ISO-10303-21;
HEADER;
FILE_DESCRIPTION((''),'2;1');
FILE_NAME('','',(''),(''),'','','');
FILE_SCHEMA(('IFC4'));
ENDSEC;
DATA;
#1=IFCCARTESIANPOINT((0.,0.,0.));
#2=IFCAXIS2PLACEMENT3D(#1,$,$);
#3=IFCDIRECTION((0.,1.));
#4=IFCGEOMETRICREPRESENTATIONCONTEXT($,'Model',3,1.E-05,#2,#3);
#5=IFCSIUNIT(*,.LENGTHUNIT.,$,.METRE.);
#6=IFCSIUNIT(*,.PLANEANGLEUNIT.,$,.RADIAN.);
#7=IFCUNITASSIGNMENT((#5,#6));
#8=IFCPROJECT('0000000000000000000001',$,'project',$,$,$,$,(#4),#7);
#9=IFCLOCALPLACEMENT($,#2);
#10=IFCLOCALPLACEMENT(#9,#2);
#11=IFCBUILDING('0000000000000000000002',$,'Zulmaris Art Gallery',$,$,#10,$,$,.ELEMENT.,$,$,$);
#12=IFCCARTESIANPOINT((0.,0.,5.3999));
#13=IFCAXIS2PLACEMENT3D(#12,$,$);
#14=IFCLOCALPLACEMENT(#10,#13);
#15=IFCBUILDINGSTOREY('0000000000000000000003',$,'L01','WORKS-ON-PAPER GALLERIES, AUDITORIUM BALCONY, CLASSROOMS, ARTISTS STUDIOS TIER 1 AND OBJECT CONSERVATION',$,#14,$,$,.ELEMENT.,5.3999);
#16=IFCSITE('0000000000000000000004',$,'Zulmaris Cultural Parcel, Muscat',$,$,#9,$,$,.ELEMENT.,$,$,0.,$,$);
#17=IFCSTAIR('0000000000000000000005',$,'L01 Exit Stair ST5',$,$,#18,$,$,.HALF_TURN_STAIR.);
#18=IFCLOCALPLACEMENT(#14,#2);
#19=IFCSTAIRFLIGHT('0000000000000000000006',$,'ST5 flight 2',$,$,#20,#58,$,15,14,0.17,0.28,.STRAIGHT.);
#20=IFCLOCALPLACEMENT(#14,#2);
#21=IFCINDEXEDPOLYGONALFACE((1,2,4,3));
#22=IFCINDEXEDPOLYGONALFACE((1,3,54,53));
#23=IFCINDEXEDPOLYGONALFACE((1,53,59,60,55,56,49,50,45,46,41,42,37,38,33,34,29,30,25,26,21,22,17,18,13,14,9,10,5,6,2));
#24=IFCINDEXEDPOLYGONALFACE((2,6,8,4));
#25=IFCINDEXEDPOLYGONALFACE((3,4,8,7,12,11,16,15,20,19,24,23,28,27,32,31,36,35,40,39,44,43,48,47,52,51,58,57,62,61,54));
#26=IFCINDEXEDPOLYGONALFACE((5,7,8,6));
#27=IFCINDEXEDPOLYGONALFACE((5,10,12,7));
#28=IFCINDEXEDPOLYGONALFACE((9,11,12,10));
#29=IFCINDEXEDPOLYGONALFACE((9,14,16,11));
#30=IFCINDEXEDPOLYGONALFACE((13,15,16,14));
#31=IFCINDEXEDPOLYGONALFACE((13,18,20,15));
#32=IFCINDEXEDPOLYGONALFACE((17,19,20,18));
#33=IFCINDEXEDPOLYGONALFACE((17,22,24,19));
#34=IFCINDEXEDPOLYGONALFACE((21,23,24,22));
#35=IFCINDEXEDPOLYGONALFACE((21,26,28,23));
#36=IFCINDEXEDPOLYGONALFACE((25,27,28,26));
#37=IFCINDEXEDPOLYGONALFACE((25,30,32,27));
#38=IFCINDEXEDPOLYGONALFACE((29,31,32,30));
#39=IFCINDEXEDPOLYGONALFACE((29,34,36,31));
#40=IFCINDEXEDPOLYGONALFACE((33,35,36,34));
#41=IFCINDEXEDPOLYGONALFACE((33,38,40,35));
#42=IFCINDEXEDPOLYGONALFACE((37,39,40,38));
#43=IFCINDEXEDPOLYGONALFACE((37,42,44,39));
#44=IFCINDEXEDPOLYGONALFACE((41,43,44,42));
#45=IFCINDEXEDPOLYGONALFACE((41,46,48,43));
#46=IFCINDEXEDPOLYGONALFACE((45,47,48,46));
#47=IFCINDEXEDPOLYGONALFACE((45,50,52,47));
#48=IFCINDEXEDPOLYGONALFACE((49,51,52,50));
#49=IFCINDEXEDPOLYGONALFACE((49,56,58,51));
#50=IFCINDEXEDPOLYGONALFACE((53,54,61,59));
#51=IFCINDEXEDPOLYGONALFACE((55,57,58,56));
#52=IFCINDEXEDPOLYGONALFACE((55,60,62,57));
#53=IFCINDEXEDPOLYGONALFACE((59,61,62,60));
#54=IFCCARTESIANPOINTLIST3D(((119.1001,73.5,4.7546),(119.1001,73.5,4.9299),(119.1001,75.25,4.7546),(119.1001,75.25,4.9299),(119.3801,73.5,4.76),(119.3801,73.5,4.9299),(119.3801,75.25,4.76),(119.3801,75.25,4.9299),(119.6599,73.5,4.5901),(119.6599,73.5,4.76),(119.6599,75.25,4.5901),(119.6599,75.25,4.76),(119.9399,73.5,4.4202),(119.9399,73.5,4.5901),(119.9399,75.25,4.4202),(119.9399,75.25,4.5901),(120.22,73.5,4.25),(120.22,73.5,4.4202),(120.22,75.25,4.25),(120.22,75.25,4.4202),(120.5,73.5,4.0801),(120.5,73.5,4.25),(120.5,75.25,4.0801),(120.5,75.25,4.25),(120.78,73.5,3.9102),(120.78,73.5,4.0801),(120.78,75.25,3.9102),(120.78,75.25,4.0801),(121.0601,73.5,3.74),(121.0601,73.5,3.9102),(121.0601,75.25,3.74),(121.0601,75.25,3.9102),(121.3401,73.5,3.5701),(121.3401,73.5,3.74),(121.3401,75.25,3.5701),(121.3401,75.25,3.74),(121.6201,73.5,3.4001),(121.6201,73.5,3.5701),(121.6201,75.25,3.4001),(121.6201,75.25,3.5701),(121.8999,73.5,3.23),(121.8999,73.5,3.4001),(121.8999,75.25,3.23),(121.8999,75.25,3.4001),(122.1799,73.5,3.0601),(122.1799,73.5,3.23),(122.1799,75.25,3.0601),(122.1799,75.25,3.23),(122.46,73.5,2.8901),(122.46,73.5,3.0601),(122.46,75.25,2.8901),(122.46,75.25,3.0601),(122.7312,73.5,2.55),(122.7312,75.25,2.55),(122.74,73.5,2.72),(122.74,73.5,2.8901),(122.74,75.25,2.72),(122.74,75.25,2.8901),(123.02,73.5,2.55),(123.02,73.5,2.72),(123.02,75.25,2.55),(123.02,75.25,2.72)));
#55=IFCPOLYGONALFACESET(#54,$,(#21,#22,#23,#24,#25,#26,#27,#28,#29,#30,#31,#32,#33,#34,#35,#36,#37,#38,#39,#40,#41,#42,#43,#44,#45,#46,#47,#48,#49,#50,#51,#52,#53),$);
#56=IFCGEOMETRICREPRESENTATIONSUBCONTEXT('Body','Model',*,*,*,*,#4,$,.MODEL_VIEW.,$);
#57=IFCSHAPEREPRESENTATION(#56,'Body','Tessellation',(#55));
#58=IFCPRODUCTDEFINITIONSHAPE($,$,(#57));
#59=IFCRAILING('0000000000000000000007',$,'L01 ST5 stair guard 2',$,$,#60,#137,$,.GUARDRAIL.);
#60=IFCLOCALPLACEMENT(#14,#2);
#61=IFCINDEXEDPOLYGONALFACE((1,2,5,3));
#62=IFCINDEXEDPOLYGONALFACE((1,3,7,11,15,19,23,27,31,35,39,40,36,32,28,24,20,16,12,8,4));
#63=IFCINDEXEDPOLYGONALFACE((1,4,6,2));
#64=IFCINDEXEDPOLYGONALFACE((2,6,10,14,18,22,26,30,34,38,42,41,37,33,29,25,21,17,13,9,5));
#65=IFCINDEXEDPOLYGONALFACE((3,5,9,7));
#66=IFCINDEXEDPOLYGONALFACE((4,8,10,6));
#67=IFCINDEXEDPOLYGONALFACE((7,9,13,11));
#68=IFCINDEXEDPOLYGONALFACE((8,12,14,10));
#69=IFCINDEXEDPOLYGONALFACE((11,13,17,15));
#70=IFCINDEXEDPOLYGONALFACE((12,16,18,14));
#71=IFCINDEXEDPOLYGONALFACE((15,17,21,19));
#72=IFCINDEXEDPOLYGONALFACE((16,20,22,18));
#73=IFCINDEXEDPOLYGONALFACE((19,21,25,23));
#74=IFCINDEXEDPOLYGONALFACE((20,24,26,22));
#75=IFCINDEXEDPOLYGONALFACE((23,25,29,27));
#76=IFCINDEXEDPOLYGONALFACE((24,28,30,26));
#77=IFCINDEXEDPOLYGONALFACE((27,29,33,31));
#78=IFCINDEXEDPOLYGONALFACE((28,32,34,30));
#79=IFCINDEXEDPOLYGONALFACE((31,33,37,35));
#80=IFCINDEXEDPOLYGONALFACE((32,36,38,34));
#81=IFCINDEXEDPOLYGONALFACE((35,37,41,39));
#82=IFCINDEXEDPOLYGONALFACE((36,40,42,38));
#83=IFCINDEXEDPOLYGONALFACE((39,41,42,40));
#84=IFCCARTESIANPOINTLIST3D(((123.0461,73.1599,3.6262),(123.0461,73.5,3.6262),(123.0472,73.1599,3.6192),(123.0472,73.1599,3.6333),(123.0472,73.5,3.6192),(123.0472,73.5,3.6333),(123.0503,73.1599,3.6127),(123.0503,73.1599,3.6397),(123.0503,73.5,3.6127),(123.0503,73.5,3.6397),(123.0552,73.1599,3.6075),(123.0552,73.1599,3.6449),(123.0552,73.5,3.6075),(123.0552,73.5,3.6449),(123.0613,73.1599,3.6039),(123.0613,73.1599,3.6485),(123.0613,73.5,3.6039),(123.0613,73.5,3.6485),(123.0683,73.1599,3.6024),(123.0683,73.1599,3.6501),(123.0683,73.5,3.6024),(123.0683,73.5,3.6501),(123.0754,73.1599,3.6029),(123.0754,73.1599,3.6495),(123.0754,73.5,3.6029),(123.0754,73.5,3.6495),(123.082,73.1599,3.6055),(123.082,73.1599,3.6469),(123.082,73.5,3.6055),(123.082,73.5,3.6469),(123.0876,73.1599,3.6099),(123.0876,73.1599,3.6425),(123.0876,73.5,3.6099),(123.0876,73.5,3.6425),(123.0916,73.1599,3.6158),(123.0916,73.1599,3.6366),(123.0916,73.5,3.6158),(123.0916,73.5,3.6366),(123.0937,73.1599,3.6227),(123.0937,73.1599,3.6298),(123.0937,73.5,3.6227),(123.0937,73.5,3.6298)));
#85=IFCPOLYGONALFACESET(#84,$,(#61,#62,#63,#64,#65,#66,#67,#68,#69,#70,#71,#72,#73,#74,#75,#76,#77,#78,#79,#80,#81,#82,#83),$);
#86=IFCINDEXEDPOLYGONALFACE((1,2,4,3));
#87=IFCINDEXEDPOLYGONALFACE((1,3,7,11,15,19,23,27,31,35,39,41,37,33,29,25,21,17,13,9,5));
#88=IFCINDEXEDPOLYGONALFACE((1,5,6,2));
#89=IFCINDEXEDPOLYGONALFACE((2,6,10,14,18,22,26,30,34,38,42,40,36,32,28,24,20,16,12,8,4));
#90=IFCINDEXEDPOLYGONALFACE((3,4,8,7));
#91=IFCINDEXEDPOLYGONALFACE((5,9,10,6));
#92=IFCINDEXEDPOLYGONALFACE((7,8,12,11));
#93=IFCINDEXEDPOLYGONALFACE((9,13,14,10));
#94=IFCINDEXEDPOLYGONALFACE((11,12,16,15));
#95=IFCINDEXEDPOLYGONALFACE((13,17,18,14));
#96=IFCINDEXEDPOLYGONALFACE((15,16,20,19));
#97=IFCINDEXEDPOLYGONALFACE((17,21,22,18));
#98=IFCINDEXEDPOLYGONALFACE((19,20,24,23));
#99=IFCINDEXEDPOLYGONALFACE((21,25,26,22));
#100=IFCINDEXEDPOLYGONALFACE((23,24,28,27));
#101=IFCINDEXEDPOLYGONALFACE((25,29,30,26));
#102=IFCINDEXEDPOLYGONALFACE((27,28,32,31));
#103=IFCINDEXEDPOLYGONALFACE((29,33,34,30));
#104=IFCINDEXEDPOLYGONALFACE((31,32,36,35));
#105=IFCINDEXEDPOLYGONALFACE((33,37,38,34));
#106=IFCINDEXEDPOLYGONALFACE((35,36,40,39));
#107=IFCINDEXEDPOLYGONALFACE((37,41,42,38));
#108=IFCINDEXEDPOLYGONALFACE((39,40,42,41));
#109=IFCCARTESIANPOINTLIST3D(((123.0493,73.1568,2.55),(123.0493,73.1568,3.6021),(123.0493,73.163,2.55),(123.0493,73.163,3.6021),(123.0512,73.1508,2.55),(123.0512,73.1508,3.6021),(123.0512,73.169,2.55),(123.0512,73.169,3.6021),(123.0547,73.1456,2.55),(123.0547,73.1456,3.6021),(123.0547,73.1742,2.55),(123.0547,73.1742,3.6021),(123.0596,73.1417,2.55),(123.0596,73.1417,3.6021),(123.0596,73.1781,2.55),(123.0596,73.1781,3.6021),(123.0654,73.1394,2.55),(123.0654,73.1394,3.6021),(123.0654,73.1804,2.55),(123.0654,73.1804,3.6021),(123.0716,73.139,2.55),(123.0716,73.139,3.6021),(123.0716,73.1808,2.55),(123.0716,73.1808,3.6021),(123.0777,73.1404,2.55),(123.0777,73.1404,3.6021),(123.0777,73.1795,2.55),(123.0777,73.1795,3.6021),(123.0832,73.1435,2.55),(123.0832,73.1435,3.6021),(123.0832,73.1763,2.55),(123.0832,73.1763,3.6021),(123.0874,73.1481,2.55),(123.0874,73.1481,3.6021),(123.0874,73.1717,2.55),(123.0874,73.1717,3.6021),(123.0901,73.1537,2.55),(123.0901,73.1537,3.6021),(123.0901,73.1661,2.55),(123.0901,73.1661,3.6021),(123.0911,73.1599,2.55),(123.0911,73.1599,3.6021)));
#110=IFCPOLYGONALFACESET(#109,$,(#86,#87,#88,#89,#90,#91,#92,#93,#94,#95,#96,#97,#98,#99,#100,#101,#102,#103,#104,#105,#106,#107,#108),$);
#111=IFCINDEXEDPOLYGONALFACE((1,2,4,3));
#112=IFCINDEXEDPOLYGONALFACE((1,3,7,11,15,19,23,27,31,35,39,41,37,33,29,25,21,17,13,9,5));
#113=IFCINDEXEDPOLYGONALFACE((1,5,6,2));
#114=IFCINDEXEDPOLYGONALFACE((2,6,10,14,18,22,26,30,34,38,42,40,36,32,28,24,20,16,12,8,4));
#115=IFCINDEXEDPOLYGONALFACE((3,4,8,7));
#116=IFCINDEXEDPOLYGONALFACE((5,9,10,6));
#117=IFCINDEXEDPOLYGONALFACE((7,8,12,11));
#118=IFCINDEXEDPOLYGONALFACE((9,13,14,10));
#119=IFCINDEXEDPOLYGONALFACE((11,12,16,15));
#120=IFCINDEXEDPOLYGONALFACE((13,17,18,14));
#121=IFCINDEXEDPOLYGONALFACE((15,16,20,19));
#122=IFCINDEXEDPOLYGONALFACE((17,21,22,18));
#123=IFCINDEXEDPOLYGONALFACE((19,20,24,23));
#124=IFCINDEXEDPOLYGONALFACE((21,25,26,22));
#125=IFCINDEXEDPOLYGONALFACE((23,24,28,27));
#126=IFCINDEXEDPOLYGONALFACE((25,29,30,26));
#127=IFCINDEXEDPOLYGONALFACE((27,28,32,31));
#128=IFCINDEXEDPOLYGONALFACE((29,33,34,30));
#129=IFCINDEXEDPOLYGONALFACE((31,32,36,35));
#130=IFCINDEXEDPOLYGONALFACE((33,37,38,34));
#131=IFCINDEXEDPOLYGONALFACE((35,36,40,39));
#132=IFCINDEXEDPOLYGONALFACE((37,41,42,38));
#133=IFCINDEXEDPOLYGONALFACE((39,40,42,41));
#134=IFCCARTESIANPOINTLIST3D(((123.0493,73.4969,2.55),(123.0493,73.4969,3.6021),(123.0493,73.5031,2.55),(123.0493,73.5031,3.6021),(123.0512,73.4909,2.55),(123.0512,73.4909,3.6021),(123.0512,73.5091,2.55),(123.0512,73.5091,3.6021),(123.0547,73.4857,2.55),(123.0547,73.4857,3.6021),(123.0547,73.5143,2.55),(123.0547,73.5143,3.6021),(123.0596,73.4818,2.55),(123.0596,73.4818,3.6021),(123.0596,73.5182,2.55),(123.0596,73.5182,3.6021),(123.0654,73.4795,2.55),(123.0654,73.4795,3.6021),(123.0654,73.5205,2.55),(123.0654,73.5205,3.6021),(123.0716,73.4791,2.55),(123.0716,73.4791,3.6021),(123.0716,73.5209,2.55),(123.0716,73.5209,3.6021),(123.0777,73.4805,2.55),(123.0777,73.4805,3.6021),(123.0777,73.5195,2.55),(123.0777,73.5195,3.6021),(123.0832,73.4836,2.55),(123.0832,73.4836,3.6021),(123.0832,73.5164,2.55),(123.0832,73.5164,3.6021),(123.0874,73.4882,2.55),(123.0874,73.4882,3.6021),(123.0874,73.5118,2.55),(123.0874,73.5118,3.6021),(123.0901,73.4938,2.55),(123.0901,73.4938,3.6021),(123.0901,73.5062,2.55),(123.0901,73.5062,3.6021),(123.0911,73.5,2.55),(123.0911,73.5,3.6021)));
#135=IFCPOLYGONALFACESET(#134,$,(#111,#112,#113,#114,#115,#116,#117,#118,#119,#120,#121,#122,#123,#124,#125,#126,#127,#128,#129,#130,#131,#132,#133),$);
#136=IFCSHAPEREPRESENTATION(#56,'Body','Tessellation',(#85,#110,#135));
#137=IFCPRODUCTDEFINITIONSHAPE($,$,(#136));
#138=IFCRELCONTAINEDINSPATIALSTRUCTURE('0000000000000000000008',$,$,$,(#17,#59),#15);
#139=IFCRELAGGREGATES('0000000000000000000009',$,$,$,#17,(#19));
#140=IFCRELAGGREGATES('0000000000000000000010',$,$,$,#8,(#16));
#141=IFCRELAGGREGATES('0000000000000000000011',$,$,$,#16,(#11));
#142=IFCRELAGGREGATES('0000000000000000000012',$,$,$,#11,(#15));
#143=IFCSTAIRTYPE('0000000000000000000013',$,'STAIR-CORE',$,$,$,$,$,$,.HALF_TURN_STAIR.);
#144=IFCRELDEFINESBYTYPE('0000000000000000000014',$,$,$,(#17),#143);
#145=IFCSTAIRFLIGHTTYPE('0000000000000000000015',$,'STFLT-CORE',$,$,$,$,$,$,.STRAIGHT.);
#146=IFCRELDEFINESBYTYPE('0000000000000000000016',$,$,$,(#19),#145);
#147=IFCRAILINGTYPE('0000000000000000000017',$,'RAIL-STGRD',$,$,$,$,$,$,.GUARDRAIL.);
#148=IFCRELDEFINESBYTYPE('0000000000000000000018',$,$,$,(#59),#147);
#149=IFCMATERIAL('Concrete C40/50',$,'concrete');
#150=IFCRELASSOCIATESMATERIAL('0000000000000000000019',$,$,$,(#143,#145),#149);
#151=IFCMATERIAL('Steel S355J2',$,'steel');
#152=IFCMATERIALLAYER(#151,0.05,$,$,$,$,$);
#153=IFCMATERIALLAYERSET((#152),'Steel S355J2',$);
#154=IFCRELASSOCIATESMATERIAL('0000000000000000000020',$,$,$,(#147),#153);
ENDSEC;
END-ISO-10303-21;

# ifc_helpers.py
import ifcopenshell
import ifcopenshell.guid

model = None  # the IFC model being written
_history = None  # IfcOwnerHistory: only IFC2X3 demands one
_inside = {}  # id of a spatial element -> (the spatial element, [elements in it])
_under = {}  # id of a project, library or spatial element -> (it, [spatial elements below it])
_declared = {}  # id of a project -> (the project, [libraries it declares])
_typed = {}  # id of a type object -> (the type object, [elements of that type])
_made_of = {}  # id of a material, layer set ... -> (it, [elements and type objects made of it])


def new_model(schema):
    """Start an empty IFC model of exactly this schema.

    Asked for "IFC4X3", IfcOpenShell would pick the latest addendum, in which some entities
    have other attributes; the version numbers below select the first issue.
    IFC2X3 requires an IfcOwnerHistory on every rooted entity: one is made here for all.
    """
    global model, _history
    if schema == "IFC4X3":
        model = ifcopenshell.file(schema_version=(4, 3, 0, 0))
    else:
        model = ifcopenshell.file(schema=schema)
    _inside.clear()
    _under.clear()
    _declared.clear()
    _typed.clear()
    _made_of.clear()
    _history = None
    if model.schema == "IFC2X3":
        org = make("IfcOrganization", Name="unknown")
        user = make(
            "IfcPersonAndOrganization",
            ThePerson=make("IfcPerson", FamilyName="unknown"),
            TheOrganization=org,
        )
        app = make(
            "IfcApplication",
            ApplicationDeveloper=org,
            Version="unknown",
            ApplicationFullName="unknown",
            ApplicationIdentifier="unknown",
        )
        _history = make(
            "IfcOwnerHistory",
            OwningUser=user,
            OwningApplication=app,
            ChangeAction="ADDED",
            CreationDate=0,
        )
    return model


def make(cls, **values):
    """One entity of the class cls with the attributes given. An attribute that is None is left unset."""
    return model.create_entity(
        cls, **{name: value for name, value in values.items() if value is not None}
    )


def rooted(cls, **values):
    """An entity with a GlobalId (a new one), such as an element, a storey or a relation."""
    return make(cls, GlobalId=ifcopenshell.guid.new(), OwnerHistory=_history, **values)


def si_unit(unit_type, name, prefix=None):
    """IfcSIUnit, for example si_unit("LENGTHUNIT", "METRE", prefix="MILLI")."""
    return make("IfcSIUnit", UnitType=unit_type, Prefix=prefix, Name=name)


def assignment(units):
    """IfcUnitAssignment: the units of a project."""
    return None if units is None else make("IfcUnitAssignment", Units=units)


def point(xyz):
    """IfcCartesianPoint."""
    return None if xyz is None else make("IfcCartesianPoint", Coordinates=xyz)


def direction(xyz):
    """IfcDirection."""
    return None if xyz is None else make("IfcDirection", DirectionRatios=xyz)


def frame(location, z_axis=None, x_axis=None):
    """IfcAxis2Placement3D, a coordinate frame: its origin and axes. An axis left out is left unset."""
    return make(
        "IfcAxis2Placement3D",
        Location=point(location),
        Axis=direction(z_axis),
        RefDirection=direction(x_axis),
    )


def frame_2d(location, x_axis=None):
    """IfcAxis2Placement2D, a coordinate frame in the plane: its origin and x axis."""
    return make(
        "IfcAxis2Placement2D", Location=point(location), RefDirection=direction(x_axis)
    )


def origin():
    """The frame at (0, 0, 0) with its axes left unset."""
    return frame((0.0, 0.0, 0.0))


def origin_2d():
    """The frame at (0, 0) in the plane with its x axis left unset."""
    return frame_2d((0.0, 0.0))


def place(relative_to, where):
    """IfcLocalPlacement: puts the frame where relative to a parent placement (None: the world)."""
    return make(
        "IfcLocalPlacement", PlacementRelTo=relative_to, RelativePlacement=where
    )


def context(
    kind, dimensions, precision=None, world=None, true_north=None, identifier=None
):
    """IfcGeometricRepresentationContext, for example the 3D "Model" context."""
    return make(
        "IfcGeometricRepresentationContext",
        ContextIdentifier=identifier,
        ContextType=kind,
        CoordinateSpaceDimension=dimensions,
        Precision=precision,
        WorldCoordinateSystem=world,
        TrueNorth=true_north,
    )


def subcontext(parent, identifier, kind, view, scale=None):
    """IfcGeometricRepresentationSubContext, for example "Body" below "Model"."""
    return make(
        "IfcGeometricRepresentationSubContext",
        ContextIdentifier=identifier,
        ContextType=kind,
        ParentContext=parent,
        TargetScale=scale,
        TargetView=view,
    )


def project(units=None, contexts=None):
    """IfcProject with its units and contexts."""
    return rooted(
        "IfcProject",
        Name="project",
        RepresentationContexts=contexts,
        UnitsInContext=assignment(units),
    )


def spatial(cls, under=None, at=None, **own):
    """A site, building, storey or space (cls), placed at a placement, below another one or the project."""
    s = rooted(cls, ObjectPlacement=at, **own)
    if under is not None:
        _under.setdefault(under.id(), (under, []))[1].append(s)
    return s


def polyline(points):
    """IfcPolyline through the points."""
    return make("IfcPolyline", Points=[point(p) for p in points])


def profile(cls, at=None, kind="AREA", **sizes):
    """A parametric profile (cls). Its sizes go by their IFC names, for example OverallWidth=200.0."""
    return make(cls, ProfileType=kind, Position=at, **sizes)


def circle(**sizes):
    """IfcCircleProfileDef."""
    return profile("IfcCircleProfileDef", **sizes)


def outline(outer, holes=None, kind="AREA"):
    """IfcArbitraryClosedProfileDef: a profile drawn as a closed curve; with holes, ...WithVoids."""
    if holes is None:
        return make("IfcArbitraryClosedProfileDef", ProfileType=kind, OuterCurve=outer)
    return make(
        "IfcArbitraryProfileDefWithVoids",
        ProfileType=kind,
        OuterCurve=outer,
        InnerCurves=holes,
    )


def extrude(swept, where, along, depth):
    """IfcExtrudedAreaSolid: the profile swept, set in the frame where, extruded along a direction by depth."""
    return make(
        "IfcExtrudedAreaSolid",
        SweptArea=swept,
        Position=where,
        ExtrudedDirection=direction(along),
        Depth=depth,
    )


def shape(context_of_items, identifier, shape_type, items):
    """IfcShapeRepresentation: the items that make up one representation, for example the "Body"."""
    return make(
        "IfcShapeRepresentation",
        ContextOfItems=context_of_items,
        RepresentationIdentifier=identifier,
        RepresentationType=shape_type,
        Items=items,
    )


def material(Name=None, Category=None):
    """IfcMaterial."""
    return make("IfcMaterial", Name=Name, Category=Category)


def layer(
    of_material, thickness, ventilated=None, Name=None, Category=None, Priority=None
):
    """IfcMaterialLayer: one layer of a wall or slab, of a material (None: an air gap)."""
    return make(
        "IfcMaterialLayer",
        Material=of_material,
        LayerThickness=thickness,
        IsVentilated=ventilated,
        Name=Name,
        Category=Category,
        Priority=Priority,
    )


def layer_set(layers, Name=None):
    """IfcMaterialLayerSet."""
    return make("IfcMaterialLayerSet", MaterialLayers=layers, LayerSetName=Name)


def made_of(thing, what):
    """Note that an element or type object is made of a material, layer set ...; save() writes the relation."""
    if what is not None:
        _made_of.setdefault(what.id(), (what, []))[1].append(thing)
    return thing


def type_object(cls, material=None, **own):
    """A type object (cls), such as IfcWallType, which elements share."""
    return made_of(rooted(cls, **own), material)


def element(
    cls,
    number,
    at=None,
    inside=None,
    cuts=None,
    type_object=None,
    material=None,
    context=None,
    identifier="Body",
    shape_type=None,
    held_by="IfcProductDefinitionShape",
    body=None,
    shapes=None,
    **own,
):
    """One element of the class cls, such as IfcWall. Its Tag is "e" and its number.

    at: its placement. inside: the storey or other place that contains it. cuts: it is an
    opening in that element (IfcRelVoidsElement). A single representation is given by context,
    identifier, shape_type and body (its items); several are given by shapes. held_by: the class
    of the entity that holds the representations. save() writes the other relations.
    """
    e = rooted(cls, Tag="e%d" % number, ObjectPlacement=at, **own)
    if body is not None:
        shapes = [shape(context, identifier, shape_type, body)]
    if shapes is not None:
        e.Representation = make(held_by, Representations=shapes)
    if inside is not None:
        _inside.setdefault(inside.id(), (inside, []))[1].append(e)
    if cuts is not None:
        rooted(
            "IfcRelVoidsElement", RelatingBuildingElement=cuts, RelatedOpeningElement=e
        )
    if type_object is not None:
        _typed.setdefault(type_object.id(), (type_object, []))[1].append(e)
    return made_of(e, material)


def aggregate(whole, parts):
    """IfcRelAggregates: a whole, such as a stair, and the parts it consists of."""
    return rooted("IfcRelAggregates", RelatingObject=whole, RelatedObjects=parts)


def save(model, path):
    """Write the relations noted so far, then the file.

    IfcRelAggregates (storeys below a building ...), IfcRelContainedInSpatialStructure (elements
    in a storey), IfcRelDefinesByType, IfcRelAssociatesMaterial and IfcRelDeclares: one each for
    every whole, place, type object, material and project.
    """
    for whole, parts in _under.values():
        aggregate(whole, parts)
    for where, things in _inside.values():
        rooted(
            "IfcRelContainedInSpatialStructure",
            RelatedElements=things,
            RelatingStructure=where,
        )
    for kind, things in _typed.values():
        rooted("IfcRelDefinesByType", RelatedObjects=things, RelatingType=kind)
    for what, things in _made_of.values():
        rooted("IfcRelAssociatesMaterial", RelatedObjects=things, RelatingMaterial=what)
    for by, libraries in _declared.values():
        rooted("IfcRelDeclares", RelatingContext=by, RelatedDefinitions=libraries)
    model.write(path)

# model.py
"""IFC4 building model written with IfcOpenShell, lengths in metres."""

from ifc_helpers import new_model, si_unit, direction, frame, origin, origin_2d, place, context, subcontext, project, spatial, polyline, circle, outline, extrude, material, layer, layer_set, type_object, element, aggregate, save


model = new_model("IFC4")

# Units and contexts
model_context = context("Model", 3, precision=1e-05, world=origin(), true_north=direction((0.0, 1.0)))
body_context = subcontext(model_context, "Body", "Model", "MODEL_VIEW")
ifc_project = project(units=[si_unit("LENGTHUNIT", "METRE"), si_unit("PLANEANGLEUNIT", "RADIAN")], contexts=[model_context])

# Site, building, storey
site_placement = place(None, origin())
site = spatial("IfcSite", under=ifc_project, at=site_placement, Name="Zulmaris Cultural Parcel, Muscat", CompositionType="ELEMENT", RefElevation=0.0)
building_placement = place(site_placement, origin())
building = spatial("IfcBuilding", under=site, at=building_placement, Name="Zulmaris Art Gallery", CompositionType="ELEMENT")
storey_placement = place(building_placement, frame((0.0, 0.0, 5.3999)))
storey = spatial("IfcBuildingStorey", under=building, at=storey_placement, Name="L01", Description="WORKS-ON-PAPER GALLERIES, AUDITORIUM BALCONY, CLASSROOMS, ARTISTS STUDIOS TIER 1 AND OBJECT CONSERVATION", CompositionType="ELEMENT", Elevation=5.3999)

# Shared definitions
ifc_material_1 = material(Name="Concrete C40/50", Category="concrete")

# Shared definitions
ifc_material_2 = material(Name="Steel S355J2", Category="steel")

# Stair, stair flight
stair_type = type_object("IfcStairType", Name="STAIR-CORE", PredefinedType="HALF_TURN_STAIR", material=ifc_material_1)
stair_placement = place(storey_placement, origin())
stair = element("IfcStair", 1, at=stair_placement, inside=storey, type_object=stair_type, Name="L01 Exit Stair ST5", PredefinedType="HALF_TURN_STAIR")
stair_flight_type = type_object("IfcStairFlightType", Name="STFLT-CORE", PredefinedType="STRAIGHT", material=ifc_material_1)
stair_flight_placement = place(storey_placement, frame((123.02, 74.375, 2.55), z_axis=(0.0, 0.0, 1.0), x_axis=(-1.0, 0.0, 0.0)))
stair_flight = element("IfcStairFlight", 2, at=stair_flight_placement, type_object=stair_flight_type, Name="ST5 flight 2", NumberOfRisers=15, NumberOfTreads=14, PredefinedType="STRAIGHT", RiserHeight=0.17, TreadLength=0.28, context=body_context, shape_type="SweptSolid", body=[
    extrude(outline(polyline([(0.0, 0.0), (0.0, 0.1699), (0.28, 0.1699), (0.28, 0.3401), (0.5601, 0.3401), (0.5601, 0.51), (0.8401, 0.51), (0.8401, 0.6799), (1.1201, 0.6799), (1.1201, 0.8501), (1.3999, 0.8501), (1.3999, 1.02), (1.6799, 1.02), (1.6799, 1.1899), (1.96, 1.1899), (1.96, 1.3601), (2.24, 1.3601), (2.24, 1.53), (2.52, 1.53), (2.52, 1.7), (2.8, 1.7), (2.8, 1.8701), (3.0801, 1.8701), (3.0801, 2.04), (3.3601, 2.04), (3.3601, 2.21), (3.6399, 2.21), (3.6399, 2.3799), (3.9199, 2.3799), (3.9199, 2.55), (3.9199, 2.2046), (0.2888, 0.0), (0.0, 0.0)])), frame((0.0, 0.875, 0.0), z_axis=(0.0, -1.0, 0.0), x_axis=(1.0, 0.0, 0.0)), (0.0, 0.0, 1.0), 1.75),
])
aggregate(stair, [stair_flight])

# Railing
ifc_layer_1 = layer(ifc_material_2, 0.05)
ifc_layer_set_1 = layer_set([ifc_layer_1], Name="Steel S355J2")
railing_type_1 = type_object("IfcRailingType", Name="RAIL-STGRD", PredefinedType="GUARDRAIL", material=ifc_layer_set_1)
railing_1_placement = place(storey_placement, frame((123.0701, 73.1599, 2.55)))
element("IfcRailing", 3, at=railing_1_placement, inside=storey, type_object=railing_type_1, Name="L01 ST5 stair guard 2", PredefinedType="GUARDRAIL", context=body_context, shape_type="SweptSolid", body=[
    extrude(circle(Radius=0.0239, at=origin_2d()), frame((0.0, 0.0, 1.0762), z_axis=(0.0, 1.0, 0.0), x_axis=(-1.0, 0.0, 0.0)), (0.0, 0.0, 1.0), 0.3401),
    extrude(circle(Radius=0.021, at=origin_2d()), origin(), (0.0, 0.0, 1.0), 1.052),
    extrude(circle(Radius=0.021, at=origin_2d()), frame((0.0, 0.3401, 0.0)), (0.0, 0.0, 1.0), 1.052),
])

save(model, "model.ifc")
